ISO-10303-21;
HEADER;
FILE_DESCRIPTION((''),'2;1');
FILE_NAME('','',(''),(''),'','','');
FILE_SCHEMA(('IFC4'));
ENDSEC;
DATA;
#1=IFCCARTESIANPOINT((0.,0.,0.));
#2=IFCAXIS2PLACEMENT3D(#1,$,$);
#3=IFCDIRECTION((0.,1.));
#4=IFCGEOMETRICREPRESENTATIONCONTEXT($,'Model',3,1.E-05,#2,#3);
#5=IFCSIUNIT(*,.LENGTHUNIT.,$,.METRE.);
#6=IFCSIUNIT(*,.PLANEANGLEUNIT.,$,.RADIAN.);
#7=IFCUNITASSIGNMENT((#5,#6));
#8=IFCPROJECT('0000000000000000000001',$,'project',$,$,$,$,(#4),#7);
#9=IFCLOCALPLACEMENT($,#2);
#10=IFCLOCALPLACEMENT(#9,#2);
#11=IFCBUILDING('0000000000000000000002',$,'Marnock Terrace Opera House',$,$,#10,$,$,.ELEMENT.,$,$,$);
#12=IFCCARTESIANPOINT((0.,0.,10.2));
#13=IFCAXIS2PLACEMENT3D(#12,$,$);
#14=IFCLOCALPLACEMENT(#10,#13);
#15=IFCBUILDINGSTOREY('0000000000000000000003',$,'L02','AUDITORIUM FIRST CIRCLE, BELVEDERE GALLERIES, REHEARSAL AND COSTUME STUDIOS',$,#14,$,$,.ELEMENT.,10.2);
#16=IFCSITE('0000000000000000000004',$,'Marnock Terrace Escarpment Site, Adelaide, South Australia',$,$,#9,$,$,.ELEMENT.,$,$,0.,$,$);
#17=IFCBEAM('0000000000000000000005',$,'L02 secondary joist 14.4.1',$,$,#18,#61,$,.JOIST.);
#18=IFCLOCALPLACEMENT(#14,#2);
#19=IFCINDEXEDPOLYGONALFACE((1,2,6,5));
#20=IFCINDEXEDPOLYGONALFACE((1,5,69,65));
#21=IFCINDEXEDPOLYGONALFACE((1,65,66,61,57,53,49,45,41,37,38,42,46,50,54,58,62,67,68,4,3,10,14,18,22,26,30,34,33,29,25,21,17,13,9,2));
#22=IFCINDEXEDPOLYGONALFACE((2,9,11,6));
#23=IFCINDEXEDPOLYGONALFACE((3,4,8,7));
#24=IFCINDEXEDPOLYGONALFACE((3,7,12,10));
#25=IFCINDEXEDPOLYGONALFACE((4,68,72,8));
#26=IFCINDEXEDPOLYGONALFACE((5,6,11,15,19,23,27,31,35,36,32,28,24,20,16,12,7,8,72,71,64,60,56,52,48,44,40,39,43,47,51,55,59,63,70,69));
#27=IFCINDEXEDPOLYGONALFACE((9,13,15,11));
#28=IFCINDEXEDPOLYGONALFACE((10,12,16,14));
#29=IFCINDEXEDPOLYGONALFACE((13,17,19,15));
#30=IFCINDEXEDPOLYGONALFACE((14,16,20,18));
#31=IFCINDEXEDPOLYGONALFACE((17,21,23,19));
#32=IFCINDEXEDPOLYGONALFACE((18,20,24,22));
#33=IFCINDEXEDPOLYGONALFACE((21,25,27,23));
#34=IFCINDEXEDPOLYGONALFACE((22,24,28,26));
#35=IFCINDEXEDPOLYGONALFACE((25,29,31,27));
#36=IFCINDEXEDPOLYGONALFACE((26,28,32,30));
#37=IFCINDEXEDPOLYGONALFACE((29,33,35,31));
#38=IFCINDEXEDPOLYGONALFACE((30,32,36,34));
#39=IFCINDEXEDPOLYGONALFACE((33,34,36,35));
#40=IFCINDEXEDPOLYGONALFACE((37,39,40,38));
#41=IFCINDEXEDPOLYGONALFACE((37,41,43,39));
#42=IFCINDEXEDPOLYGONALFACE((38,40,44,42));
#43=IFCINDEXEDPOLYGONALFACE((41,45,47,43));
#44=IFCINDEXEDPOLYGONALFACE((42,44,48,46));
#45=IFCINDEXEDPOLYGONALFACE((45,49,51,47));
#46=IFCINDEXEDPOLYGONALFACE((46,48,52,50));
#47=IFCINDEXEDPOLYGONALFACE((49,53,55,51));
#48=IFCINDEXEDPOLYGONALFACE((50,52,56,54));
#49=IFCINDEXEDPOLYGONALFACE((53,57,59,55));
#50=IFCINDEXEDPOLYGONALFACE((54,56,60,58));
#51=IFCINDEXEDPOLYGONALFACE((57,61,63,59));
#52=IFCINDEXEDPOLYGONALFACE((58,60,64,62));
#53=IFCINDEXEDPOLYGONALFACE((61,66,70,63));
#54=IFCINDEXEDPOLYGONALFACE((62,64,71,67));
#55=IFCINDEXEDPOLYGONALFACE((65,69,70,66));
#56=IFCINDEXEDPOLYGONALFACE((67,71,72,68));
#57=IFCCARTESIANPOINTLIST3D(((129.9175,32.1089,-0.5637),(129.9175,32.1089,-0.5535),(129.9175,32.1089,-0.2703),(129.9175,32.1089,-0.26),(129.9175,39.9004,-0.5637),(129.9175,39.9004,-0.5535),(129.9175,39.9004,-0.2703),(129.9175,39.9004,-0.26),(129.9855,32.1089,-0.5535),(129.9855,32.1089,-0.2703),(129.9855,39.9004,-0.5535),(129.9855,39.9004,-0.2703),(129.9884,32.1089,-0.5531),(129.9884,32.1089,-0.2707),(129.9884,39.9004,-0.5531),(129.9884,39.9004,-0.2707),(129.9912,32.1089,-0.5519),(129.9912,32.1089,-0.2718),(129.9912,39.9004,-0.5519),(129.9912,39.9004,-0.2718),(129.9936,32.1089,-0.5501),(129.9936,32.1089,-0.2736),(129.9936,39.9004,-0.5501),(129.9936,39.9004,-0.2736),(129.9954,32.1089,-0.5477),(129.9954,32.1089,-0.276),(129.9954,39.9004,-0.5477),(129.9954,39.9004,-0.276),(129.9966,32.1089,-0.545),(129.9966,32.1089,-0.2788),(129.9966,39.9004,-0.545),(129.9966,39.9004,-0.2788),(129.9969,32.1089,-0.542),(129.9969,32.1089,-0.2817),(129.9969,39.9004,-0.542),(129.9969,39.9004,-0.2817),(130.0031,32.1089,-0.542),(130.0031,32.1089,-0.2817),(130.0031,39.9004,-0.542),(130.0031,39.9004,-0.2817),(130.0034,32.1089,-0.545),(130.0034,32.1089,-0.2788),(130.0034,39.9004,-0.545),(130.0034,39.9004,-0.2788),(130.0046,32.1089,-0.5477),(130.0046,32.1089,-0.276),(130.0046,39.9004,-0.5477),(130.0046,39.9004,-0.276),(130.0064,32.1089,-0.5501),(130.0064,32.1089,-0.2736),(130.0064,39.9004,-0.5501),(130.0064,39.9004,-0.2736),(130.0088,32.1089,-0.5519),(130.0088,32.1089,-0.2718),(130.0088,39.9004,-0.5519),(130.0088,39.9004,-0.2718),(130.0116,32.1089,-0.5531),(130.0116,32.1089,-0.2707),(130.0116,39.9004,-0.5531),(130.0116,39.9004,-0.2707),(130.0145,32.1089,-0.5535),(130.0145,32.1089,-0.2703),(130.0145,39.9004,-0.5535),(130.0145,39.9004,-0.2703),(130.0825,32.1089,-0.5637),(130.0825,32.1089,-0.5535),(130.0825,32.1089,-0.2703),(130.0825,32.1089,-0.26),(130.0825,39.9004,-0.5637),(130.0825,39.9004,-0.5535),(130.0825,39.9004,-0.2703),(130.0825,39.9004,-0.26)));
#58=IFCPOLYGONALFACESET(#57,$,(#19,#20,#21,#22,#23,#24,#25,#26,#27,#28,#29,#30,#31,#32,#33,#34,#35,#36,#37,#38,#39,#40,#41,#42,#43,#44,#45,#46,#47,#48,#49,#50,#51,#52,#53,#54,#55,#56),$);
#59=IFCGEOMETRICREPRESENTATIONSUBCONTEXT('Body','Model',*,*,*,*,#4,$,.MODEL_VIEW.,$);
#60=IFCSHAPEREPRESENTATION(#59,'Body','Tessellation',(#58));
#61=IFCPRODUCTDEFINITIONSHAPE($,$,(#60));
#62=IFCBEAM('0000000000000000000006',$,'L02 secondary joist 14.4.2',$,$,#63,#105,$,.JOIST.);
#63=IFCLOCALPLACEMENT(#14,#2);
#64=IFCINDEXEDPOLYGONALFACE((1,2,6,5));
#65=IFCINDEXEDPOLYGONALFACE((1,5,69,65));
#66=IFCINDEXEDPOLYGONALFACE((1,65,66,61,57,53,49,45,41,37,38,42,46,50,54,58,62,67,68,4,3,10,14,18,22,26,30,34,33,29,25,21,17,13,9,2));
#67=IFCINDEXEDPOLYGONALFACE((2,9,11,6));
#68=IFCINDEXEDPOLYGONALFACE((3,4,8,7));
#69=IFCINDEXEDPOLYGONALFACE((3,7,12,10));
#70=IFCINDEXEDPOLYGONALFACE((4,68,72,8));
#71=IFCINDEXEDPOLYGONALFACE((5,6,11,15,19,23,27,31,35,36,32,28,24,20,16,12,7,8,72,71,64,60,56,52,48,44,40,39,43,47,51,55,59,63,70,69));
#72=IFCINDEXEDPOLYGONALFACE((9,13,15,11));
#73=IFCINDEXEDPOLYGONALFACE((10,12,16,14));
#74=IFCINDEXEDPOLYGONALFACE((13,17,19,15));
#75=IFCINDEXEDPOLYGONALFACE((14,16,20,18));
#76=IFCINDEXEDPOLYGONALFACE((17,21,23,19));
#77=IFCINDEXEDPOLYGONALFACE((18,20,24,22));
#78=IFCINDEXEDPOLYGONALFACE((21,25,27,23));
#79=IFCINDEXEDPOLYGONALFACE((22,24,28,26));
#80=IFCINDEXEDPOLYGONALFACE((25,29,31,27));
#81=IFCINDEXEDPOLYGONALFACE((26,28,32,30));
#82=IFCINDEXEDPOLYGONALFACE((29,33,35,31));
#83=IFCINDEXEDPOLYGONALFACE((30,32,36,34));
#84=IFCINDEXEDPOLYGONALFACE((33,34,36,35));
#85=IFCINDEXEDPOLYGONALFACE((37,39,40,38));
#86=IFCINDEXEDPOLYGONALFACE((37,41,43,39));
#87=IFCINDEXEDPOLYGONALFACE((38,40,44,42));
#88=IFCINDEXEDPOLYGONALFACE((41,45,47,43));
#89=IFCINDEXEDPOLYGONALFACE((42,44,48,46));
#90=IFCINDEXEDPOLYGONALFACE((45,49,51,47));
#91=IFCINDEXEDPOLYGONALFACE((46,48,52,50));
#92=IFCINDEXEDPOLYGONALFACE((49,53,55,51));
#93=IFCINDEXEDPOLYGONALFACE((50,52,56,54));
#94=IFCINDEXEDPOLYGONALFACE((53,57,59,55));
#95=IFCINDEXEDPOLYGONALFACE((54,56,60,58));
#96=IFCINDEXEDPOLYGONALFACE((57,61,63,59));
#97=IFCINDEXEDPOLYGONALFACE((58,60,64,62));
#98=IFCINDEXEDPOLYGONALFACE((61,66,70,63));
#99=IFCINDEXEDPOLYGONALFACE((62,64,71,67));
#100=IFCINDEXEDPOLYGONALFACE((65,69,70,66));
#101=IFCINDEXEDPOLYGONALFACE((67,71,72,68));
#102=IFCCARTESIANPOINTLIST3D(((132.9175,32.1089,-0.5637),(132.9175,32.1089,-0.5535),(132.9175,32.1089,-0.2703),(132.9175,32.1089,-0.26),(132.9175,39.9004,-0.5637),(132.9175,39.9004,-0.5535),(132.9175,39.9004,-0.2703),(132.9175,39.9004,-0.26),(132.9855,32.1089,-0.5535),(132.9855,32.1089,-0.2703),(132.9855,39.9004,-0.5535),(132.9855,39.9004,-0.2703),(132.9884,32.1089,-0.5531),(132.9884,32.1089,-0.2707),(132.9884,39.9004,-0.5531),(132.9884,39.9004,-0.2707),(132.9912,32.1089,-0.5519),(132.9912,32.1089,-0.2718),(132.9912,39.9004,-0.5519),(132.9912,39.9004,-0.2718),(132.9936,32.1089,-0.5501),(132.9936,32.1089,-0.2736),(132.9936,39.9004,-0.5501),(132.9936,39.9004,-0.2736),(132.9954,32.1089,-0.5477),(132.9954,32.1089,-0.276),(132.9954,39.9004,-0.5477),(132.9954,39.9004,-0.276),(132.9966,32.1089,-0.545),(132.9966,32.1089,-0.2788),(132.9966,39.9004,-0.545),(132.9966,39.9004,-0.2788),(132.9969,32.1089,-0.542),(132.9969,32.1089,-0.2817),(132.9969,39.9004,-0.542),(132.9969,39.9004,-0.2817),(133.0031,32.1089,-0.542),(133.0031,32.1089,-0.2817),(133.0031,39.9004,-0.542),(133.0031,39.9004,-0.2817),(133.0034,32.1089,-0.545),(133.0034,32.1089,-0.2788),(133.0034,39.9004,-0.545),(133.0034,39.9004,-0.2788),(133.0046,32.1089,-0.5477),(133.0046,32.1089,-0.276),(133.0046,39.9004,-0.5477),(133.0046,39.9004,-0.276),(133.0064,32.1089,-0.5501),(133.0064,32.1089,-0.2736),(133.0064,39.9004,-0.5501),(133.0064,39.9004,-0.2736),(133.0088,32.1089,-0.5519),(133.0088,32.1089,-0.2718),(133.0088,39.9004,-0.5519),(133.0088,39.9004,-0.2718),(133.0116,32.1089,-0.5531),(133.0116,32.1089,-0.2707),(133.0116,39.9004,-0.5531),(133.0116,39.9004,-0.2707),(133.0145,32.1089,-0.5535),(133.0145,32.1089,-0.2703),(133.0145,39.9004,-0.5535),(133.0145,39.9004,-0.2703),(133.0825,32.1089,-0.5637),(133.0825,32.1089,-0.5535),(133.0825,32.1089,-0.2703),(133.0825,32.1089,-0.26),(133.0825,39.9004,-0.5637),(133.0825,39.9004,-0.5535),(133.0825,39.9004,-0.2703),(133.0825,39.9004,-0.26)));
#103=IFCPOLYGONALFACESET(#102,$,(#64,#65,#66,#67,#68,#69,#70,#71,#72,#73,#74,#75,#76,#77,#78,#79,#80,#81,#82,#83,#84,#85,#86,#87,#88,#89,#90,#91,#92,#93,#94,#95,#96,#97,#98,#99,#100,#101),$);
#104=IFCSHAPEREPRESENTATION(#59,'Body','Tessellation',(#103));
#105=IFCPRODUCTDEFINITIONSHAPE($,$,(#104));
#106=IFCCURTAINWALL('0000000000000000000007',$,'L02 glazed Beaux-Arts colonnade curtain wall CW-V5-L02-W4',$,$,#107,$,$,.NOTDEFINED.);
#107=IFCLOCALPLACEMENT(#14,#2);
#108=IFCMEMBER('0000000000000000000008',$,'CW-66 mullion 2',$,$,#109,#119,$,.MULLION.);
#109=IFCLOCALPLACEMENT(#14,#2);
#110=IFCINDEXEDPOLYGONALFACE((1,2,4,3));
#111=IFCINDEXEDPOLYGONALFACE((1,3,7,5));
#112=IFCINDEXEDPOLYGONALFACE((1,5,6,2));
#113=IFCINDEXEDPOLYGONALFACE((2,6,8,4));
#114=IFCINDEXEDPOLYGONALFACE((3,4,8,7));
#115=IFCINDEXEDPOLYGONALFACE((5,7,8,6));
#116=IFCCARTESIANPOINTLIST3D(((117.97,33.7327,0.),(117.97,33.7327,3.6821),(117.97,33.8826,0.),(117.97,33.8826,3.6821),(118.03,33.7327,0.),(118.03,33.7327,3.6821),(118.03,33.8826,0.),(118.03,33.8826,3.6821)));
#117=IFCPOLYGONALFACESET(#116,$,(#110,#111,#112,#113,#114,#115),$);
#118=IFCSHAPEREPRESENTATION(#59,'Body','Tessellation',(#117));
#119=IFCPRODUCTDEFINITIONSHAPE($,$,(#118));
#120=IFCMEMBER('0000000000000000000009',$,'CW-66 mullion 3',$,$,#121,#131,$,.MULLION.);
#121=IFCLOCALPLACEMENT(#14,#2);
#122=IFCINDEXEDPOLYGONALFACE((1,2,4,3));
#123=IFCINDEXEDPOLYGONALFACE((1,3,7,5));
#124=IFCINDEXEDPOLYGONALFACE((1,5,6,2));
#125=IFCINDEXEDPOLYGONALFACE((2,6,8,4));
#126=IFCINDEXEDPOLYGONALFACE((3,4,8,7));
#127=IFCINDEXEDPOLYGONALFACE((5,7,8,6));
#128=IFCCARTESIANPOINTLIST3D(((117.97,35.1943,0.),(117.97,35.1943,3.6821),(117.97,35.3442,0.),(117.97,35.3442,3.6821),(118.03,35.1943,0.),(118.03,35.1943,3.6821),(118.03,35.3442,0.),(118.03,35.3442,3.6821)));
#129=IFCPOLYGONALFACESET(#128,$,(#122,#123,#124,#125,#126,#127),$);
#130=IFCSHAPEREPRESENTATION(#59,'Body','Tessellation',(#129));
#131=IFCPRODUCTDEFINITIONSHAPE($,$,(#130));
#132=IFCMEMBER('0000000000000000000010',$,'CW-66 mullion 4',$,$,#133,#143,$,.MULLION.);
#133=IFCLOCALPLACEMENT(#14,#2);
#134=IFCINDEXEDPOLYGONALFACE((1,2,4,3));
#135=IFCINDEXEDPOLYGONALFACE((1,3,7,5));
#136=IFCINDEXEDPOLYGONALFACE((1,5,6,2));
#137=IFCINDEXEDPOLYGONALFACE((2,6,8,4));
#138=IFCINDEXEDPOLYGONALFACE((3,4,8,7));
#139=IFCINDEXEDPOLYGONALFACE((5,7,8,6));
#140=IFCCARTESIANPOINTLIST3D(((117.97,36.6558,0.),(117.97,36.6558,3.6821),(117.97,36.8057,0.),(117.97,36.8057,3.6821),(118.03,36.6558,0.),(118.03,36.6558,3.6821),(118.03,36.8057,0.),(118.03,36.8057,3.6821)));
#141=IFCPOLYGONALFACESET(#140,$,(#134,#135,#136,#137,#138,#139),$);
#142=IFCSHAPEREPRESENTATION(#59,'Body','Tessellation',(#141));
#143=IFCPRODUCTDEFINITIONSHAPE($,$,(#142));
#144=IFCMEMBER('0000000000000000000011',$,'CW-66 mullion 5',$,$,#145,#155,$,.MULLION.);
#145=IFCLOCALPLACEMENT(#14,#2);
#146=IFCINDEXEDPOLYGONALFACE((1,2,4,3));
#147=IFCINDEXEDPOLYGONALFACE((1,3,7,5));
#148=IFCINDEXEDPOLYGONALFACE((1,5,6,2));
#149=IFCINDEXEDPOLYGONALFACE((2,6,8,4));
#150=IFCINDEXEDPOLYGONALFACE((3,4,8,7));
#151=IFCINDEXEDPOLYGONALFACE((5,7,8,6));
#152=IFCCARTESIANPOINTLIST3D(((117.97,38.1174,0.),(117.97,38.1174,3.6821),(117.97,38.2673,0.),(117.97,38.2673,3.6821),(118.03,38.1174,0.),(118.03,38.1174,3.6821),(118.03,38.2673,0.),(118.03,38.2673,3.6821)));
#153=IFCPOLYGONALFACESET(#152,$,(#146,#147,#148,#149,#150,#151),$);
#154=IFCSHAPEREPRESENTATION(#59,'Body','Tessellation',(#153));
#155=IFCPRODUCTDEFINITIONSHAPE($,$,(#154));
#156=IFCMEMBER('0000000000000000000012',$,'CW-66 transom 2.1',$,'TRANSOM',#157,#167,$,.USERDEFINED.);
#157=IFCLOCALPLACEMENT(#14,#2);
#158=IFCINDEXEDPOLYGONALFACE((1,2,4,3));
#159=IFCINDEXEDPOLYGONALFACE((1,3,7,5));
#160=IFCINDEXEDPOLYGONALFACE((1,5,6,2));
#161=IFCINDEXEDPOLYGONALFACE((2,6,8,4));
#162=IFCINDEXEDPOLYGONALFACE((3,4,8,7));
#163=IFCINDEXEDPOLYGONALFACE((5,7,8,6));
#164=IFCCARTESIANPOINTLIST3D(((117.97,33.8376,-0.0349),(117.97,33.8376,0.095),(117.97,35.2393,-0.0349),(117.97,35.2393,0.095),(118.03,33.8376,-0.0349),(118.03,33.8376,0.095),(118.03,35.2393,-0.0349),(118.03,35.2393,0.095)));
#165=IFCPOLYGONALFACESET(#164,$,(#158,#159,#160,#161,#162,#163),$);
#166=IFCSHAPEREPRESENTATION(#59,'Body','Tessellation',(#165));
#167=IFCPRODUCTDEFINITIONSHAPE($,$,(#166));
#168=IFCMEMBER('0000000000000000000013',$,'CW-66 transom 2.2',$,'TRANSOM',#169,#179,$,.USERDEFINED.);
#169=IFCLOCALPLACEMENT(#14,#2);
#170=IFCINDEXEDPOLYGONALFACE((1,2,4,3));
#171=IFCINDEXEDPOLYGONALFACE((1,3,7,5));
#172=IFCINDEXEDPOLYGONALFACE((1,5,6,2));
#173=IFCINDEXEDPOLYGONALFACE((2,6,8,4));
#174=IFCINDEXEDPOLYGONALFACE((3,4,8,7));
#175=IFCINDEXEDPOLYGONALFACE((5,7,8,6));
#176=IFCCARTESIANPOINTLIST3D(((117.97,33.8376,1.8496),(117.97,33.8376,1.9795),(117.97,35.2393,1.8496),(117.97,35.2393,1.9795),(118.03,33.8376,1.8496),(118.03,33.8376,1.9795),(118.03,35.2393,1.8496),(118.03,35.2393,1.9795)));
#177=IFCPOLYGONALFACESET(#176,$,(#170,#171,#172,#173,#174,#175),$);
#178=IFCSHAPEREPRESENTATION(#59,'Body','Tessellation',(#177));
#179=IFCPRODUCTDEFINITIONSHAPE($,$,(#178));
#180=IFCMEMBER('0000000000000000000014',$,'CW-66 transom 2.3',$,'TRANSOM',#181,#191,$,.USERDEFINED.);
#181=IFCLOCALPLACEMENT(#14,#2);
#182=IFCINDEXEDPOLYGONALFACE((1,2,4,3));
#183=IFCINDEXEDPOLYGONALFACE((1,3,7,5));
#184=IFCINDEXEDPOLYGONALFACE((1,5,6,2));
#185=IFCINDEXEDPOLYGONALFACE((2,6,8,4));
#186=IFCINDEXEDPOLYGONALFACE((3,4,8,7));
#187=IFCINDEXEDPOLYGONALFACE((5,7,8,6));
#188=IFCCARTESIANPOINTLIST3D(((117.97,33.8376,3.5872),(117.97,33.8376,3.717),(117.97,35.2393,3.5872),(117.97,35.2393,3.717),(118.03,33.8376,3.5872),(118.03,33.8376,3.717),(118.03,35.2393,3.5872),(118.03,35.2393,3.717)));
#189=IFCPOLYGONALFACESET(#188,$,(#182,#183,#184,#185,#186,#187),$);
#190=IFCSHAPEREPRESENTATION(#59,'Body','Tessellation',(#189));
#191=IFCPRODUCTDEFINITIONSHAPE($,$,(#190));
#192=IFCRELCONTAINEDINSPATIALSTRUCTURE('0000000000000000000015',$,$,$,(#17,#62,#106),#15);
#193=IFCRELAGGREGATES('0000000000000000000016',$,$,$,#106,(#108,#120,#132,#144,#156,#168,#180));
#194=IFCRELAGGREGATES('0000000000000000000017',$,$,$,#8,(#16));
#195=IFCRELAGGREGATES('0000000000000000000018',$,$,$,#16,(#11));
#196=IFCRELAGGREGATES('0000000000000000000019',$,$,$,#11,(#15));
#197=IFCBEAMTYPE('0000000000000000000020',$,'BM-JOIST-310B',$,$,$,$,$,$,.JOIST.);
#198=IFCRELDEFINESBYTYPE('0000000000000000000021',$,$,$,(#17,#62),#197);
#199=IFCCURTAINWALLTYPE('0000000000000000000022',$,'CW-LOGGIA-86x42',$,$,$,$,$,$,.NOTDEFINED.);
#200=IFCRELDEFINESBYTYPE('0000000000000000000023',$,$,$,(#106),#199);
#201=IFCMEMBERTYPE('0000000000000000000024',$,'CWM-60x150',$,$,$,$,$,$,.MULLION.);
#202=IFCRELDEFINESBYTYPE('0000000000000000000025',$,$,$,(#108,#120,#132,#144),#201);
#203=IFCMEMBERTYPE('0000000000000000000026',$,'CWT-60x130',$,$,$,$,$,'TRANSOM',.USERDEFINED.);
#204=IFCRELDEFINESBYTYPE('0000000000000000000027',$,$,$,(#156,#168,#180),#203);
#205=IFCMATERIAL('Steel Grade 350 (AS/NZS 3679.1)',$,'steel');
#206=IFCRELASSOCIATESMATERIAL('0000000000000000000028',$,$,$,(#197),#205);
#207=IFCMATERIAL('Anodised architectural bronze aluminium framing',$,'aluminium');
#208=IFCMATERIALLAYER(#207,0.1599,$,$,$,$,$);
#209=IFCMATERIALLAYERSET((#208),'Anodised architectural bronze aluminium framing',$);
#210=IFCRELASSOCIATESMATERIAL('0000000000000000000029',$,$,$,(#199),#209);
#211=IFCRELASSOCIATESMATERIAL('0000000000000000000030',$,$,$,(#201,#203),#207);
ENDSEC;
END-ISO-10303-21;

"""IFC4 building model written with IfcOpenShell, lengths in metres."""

from ifc_helpers import new_model, si_unit, direction, frame, origin, origin_2d, place, context, subcontext, project, spatial, rectangle, i_section, extrude, material, layer, layer_set, material_profile, profile_set, type_object, element, aggregate, save


model = new_model("IFC4")

# Units and contexts
model_context = context("Model", 3, precision=1e-05, world=origin(), true_north=direction((0.0, 1.0)))
body_context = subcontext(model_context, "Body", "Model", "MODEL_VIEW")
ifc_project = project(units=[si_unit("LENGTHUNIT", "METRE"), si_unit("PLANEANGLEUNIT", "RADIAN")], contexts=[model_context])

# Site, building, storey
site_placement = place(None, origin())
site = spatial("IfcSite", under=ifc_project, at=site_placement, Name="Marnock Terrace Escarpment Site, Adelaide, South Australia", CompositionType="ELEMENT", RefElevation=0.0)
building_placement = place(site_placement, origin())
building = spatial("IfcBuilding", under=site, at=building_placement, Name="Marnock Terrace Opera House", CompositionType="ELEMENT")
storey_placement = place(building_placement, frame((0.0, 0.0, 10.2)))
storey = spatial("IfcBuildingStorey", under=building, at=storey_placement, Name="L02", Description="AUDITORIUM FIRST CIRCLE, BELVEDERE GALLERIES, REHEARSAL AND COSTUME STUDIOS", CompositionType="ELEMENT", Elevation=10.2)

# Shared definitions
ifc_material_1 = material(Name="Steel Grade 350 (AS/NZS 3679.1)", Category="steel")

# Beams
ifc_material_profile_1 = material_profile(ifc_material_1, i_section(OverallWidth=0.165, OverallDepth=0.3037, WebThickness=0.0061, FlangeThickness=0.0103, FilletRadius=0.0115, at=origin_2d()))
ifc_profile_set_1 = profile_set([ifc_material_profile_1], Name="Steel Grade 350 (AS/NZS 3679.1)")
beam_type_1 = type_object("IfcBeamType", Name="BM-JOIST-310B", PredefinedType="JOIST", material=ifc_profile_set_1)
for number, where, z_axis, x_axis, name in (
    (1, (130.0, 32.1089, -0.4119), (0.0, 1.0, 0.0), (-1.0, 0.0, 0.0), "L02 secondary joist 14.4.1"),
    (2, (133.0, 32.1089, -0.4119), (0.0, 1.0, 0.0), (-1.0, 0.0, 0.0), "L02 secondary joist 14.4.2"),
):
    element("IfcBeam", number, at=place(storey_placement, frame(where, z_axis=z_axis, x_axis=x_axis)), inside=storey, type_object=beam_type_1, Name=name, PredefinedType="JOIST", context=body_context, shape_type="SweptSolid", body=[
        extrude(i_section(OverallWidth=0.165, OverallDepth=0.3037, WebThickness=0.0061, FlangeThickness=0.0103, FilletRadius=0.0115, at=origin_2d()), origin(), (0.0, 0.0, 1.0), 7.7915),
    ])

# Curtain wall, members
ifc_material_2 = material(Name="Anodised architectural bronze aluminium framing", Category="aluminium")
ifc_layer_1 = layer(ifc_material_2, 0.1599)
ifc_layer_set_1 = layer_set([ifc_layer_1], Name="Anodised architectural bronze aluminium framing")
curtain_wall_type = type_object("IfcCurtainWallType", Name="CW-LOGGIA-86x42", PredefinedType="NOTDEFINED", material=ifc_layer_set_1)
curtain_wall_placement = place(storey_placement, origin())
curtain_wall = element("IfcCurtainWall", 3, at=curtain_wall_placement, inside=storey, type_object=curtain_wall_type, Name="L02 glazed Beaux-Arts colonnade curtain wall CW-V5-L02-W4", PredefinedType="NOTDEFINED")
ifc_material_profile_2 = material_profile(ifc_material_2, rectangle(XDim=0.0601, YDim=0.1499, at=origin_2d()))
ifc_profile_set_2 = profile_set([ifc_material_profile_2], Name="Anodised architectural bronze aluminium framing")
member_type_1 = type_object("IfcMemberType", Name="CWM-60x150", PredefinedType="MULLION", material=ifc_profile_set_2)
member_1_placement = place(storey_placement, frame((118.0, 33.8076, 0.0), z_axis=(0.0, 0.0, 1.0), x_axis=(-1.0, 0.0, 0.0)))
member_1 = element("IfcMember", 4, at=member_1_placement, type_object=member_type_1, Name="CW-66 mullion 2", PredefinedType="MULLION", context=body_context, shape_type="SweptSolid", body=[
    extrude(rectangle(XDim=0.0601, YDim=0.1499, at=origin_2d()), origin(), (0.0, 0.0, 1.0), 3.6821),
])
member_2_placement = place(storey_placement, frame((118.0, 35.2693, 0.0), z_axis=(0.0, 0.0, 1.0), x_axis=(-1.0, 0.0, 0.0)))
member_2 = element("IfcMember", 5, at=member_2_placement, type_object=member_type_1, Name="CW-66 mullion 3", PredefinedType="MULLION", context=body_context, shape_type="SweptSolid", body=[
    extrude(rectangle(XDim=0.0601, YDim=0.1499, at=origin_2d()), origin(), (0.0, 0.0, 1.0), 3.6821),
])
member_3_placement = place(storey_placement, frame((118.0, 36.7307, 0.0), z_axis=(0.0, 0.0, 1.0), x_axis=(-1.0, 0.0, 0.0)))
member_3 = element("IfcMember", 6, at=member_3_placement, type_object=member_type_1, Name="CW-66 mullion 4", PredefinedType="MULLION", context=body_context, shape_type="SweptSolid", body=[
    extrude(rectangle(XDim=0.0601, YDim=0.1499, at=origin_2d()), origin(), (0.0, 0.0, 1.0), 3.6821),
])
member_4_placement = place(storey_placement, frame((118.0, 38.1924, 0.0), z_axis=(0.0, 0.0, 1.0), x_axis=(-1.0, 0.0, 0.0)))
member_4 = element("IfcMember", 7, at=member_4_placement, type_object=member_type_1, Name="CW-66 mullion 5", PredefinedType="MULLION", context=body_context, shape_type="SweptSolid", body=[
    extrude(rectangle(XDim=0.0601, YDim=0.1499, at=origin_2d()), origin(), (0.0, 0.0, 1.0), 3.6821),
])
ifc_material_profile_3 = material_profile(ifc_material_2, rectangle(XDim=0.0601, YDim=0.1299, at=origin_2d()))
ifc_profile_set_3 = profile_set([ifc_material_profile_3], Name="Anodised architectural bronze aluminium framing")
member_type_2 = type_object("IfcMemberType", Name="CWT-60x130", ElementType="TRANSOM", PredefinedType="USERDEFINED", material=ifc_profile_set_3)
member_5_placement = place(storey_placement, frame((118.0, 33.8376, 0.03), z_axis=(0.0, 1.0, 0.0), x_axis=(-1.0, 0.0, 0.0)))
member_5 = element("IfcMember", 8, at=member_5_placement, type_object=member_type_2, Name="CW-66 transom 2.1", ObjectType="TRANSOM", PredefinedType="USERDEFINED", context=body_context, shape_type="SweptSolid", body=[
    extrude(rectangle(XDim=0.0601, YDim=0.1299, at=origin_2d()), origin(), (0.0, 0.0, 1.0), 1.4016),
])
member_6_placement = place(storey_placement, frame((118.0, 33.8376, 1.9146), z_axis=(0.0, 1.0, 0.0), x_axis=(-1.0, 0.0, 0.0)))
member_6 = element("IfcMember", 9, at=member_6_placement, type_object=member_type_2, Name="CW-66 transom 2.2", ObjectType="TRANSOM", PredefinedType="USERDEFINED", context=body_context, shape_type="SweptSolid", body=[
    extrude(rectangle(XDim=0.0601, YDim=0.1299, at=origin_2d()), origin(), (0.0, 0.0, 1.0), 1.4016),
])
member_7_placement = place(storey_placement, frame((118.0, 33.8376, 3.6521), z_axis=(0.0, 1.0, 0.0), x_axis=(-1.0, 0.0, 0.0)))
member_7 = element("IfcMember", 10, at=member_7_placement, type_object=member_type_2, Name="CW-66 transom 2.3", ObjectType="TRANSOM", PredefinedType="USERDEFINED", context=body_context, shape_type="SweptSolid", body=[
    extrude(rectangle(XDim=0.0601, YDim=0.1299, at=origin_2d()), origin(), (0.0, 0.0, 1.0), 1.4016),
])
aggregate(curtain_wall, [member_1, member_2, member_3, member_4, member_5, member_6, member_7])

save(model, "model.ifc")
